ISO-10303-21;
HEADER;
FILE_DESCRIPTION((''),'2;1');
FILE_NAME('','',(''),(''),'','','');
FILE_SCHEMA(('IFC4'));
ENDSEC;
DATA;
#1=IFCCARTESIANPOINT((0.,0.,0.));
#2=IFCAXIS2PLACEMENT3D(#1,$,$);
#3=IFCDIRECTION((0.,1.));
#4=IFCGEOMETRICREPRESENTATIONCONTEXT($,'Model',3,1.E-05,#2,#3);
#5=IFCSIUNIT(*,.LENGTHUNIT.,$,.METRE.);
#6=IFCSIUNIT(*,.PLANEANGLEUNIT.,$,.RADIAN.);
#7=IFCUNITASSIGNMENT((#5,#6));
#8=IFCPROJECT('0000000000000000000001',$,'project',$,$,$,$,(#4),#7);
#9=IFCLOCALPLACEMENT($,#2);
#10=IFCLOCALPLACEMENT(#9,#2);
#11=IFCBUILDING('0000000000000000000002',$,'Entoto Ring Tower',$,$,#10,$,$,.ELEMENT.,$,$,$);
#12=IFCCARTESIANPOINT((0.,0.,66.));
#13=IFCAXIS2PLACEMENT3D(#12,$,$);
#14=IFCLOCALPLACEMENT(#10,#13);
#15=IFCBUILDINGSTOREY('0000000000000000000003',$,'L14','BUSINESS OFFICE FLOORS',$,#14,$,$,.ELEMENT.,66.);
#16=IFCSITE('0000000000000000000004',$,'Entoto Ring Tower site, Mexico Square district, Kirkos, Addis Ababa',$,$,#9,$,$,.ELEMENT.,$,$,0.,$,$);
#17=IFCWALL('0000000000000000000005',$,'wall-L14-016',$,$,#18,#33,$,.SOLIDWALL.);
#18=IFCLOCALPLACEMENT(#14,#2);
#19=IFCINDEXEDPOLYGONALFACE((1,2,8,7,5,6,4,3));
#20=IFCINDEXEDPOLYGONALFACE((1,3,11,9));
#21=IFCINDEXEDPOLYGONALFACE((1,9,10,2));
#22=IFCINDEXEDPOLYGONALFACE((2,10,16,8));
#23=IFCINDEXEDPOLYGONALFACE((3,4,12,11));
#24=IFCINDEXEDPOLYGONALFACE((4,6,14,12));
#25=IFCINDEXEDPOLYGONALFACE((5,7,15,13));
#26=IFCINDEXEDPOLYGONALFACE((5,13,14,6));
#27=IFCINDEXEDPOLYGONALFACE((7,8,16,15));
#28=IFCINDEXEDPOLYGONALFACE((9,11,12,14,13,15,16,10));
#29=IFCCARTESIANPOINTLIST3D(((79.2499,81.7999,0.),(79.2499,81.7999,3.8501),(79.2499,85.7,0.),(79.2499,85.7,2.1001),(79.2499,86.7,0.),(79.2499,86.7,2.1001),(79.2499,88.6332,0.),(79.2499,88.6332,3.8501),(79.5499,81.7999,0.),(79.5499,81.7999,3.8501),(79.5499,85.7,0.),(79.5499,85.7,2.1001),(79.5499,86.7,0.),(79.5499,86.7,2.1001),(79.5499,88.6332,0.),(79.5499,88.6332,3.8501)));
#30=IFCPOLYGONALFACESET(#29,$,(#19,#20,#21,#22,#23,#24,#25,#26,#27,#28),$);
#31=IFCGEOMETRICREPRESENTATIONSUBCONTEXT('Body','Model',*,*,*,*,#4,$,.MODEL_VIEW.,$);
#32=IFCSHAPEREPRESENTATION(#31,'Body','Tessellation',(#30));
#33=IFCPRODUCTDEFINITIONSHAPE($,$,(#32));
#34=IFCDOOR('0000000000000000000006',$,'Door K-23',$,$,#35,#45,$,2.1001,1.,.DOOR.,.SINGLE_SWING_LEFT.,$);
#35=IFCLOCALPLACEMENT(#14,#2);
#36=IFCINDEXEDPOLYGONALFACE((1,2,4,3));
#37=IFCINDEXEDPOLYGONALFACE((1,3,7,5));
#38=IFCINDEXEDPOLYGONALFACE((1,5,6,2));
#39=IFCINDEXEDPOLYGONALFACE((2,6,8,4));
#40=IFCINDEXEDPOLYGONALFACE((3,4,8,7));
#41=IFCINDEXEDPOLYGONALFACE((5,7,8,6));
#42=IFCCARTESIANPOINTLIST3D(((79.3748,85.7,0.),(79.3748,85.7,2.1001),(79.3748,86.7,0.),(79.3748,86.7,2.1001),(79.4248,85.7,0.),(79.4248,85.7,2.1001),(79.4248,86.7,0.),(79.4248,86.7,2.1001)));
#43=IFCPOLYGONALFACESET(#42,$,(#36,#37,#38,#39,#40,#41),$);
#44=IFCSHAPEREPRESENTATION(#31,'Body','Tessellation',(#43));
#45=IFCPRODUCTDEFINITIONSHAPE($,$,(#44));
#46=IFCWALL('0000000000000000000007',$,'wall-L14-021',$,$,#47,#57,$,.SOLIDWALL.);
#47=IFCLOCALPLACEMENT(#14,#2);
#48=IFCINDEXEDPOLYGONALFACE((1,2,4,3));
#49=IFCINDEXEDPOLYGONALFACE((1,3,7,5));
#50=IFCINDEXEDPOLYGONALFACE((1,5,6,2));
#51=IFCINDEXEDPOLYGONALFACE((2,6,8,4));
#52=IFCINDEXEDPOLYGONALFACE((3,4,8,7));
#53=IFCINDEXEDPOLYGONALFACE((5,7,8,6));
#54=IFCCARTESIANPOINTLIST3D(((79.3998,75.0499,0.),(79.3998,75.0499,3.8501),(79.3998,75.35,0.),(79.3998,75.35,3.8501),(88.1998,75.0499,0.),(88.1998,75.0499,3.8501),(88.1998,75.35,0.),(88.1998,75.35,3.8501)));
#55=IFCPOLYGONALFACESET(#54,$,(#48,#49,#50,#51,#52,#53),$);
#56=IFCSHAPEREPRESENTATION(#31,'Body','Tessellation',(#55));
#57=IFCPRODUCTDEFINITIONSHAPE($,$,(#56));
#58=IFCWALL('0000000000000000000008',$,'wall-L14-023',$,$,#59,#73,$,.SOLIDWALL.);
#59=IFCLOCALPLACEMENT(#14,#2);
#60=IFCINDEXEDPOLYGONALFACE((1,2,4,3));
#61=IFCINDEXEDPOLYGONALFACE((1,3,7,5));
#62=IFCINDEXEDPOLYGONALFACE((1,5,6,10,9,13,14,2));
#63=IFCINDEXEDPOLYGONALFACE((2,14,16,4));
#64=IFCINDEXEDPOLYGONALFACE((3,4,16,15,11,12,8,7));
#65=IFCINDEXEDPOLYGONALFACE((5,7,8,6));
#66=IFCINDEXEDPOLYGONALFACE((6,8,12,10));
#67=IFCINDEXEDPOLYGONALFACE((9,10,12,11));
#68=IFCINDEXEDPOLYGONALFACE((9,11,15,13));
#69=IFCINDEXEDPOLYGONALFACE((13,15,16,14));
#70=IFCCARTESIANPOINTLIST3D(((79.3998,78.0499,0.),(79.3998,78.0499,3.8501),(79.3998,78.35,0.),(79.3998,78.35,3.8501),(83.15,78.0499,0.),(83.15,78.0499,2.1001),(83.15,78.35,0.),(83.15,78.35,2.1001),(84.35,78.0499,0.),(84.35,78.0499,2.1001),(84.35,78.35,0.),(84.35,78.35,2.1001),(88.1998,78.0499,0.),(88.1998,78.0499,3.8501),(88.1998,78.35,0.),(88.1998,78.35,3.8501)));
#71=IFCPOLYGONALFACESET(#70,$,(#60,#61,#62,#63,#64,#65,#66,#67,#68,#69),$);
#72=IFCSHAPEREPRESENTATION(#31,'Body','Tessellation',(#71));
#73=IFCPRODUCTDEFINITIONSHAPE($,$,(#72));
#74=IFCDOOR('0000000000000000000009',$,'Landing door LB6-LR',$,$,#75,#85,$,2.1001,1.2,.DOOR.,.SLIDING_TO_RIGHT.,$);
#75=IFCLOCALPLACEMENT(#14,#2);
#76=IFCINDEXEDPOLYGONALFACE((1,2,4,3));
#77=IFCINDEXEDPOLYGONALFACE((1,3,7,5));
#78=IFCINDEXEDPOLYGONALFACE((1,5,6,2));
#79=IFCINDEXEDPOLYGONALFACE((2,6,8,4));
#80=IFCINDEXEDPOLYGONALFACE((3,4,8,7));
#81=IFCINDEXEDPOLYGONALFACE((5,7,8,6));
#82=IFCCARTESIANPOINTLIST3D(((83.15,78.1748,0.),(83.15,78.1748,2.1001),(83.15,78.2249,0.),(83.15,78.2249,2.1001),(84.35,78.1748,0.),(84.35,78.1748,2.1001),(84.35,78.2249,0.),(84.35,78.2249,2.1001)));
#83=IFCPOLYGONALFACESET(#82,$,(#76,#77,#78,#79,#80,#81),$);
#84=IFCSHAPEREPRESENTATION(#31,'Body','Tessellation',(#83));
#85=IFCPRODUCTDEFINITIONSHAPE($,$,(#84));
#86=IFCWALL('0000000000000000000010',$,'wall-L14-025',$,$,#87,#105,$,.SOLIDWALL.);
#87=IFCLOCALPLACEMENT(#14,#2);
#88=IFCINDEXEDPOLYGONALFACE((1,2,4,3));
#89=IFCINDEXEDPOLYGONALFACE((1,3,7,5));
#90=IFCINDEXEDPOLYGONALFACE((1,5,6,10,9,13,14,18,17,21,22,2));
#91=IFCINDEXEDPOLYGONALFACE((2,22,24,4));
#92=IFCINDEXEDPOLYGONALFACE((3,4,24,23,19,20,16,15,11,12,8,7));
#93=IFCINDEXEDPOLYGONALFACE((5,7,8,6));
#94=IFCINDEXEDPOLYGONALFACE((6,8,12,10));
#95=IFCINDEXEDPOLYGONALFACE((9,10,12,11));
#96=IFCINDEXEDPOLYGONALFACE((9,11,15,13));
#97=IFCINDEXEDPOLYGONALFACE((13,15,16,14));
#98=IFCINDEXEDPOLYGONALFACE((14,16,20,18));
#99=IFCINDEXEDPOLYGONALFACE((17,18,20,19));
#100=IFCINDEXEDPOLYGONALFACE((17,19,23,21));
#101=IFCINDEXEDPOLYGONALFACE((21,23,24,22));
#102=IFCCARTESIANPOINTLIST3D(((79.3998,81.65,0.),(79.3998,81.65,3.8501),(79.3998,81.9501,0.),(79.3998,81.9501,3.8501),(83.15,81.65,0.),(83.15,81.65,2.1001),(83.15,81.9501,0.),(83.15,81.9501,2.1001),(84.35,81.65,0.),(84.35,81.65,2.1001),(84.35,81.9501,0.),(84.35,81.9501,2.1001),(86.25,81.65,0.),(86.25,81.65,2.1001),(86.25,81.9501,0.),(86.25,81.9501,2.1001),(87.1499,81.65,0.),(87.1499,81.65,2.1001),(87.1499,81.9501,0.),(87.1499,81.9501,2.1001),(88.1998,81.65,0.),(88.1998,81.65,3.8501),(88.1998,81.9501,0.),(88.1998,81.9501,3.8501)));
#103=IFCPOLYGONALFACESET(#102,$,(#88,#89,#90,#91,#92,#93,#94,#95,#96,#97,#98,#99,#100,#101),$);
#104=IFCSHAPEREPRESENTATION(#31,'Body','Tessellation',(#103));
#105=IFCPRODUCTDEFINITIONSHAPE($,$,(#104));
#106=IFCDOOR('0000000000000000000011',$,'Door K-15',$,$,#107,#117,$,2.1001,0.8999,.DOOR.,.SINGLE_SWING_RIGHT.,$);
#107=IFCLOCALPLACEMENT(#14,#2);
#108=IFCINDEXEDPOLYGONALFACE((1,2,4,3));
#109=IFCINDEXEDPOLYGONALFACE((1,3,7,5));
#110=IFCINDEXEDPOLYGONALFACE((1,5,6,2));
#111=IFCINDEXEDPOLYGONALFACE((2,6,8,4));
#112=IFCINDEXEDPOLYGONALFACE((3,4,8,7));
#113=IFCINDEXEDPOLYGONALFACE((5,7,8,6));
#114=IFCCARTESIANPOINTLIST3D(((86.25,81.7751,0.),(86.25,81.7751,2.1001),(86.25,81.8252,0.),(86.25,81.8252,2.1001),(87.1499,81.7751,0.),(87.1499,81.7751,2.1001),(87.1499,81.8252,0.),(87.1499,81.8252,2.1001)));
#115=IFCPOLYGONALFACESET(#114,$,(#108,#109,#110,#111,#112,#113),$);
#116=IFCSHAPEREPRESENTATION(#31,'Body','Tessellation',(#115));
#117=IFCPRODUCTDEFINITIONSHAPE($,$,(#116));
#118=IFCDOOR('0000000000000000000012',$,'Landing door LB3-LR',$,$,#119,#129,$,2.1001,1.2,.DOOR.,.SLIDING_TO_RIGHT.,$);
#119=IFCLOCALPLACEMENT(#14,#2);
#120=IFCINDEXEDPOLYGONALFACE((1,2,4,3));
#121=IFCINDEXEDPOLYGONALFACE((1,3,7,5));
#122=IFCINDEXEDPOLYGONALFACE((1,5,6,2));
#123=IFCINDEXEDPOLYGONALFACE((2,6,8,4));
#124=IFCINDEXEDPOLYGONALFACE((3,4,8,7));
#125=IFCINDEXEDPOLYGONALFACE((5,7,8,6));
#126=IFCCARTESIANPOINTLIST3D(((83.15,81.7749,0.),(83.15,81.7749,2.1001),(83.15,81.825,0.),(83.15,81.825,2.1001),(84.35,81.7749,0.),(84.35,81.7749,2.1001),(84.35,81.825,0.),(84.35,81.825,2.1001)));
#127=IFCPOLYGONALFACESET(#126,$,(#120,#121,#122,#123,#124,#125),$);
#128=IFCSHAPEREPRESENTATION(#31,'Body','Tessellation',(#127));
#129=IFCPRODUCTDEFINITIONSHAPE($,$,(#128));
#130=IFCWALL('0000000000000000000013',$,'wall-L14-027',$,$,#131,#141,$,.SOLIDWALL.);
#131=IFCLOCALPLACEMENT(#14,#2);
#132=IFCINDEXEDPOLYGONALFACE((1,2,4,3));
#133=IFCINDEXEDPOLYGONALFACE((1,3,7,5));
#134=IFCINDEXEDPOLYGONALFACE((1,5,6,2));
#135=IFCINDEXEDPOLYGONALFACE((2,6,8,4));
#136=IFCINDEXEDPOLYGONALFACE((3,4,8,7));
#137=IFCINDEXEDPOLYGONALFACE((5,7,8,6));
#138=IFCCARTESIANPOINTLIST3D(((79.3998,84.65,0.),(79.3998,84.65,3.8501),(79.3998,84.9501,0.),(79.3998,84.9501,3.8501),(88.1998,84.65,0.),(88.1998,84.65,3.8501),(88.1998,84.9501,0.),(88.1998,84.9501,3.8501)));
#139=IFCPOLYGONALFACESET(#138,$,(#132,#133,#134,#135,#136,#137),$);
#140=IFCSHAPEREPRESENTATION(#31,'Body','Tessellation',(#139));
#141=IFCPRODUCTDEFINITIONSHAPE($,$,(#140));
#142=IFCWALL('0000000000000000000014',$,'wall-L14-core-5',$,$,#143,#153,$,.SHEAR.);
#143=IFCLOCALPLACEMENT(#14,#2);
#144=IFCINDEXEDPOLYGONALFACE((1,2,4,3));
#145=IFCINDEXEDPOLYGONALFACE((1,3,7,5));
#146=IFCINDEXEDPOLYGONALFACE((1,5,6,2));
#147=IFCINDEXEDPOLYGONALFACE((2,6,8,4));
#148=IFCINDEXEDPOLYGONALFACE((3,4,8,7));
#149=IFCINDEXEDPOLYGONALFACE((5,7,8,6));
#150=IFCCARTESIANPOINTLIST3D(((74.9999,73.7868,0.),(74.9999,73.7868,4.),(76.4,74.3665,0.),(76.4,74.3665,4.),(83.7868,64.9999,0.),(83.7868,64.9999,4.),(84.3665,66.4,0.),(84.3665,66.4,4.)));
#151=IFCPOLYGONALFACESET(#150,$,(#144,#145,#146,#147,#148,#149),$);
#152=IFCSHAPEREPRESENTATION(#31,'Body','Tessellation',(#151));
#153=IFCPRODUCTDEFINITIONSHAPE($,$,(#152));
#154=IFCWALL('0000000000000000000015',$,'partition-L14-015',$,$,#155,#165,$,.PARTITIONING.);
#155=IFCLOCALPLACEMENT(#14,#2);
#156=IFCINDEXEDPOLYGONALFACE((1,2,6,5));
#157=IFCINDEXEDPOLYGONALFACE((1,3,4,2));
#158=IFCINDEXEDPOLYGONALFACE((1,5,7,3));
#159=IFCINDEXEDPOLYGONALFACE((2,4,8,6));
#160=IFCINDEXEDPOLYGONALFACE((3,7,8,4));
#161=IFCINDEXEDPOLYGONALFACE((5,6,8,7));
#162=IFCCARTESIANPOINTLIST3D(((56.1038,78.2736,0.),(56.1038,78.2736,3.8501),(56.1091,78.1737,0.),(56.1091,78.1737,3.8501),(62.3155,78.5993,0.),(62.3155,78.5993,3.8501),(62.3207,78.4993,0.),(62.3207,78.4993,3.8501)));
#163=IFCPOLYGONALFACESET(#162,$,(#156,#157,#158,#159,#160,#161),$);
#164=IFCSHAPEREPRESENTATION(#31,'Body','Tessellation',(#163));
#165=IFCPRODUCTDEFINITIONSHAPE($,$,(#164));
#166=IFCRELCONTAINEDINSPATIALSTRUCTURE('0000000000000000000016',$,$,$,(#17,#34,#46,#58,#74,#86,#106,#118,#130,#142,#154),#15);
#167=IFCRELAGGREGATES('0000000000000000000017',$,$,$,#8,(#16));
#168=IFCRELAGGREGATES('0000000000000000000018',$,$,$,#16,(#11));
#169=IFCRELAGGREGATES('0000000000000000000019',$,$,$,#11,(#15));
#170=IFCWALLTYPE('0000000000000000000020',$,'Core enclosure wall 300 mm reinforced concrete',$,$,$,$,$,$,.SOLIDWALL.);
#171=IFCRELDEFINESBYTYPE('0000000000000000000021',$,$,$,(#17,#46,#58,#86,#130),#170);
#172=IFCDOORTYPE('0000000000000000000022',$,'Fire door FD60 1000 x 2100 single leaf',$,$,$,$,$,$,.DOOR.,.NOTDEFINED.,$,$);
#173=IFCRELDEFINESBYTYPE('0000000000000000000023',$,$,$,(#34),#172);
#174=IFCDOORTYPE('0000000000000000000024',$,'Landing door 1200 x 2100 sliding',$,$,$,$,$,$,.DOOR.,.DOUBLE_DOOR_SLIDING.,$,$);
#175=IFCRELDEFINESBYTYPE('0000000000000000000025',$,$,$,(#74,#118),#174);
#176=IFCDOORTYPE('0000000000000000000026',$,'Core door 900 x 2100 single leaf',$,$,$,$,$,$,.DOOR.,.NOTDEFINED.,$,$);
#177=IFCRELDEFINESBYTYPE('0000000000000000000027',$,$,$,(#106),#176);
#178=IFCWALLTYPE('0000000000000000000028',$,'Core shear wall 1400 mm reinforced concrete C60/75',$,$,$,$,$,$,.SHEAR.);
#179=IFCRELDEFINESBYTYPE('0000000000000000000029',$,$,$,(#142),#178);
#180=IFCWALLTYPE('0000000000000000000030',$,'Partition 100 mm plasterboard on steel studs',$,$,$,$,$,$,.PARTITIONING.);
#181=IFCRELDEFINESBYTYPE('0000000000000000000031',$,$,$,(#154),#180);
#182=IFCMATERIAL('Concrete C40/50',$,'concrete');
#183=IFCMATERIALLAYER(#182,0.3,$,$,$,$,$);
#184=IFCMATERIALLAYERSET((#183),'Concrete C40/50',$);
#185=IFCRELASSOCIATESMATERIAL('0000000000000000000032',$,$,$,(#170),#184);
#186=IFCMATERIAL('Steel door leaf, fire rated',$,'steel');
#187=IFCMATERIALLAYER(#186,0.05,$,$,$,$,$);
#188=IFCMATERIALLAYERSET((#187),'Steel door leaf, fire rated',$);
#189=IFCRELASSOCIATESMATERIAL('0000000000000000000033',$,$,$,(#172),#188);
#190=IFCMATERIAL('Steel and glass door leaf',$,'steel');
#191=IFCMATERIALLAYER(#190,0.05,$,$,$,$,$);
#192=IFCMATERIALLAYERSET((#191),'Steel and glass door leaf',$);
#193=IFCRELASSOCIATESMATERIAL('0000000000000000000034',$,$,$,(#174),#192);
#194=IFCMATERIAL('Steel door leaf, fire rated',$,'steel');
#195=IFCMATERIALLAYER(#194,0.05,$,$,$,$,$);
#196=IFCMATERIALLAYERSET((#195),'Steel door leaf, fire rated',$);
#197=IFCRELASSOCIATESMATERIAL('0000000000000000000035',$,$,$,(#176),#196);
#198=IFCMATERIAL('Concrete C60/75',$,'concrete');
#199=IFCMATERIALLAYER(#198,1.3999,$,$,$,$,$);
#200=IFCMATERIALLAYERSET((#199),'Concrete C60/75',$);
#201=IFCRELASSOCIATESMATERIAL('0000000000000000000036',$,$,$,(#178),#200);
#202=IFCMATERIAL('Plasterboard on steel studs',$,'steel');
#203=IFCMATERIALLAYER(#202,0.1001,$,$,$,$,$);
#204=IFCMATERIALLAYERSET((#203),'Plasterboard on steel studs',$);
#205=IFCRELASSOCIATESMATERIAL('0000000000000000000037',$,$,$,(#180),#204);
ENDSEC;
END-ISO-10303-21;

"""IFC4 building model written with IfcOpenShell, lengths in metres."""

from ifc_helpers import new_model, si_unit, direction, frame, frame_2d, origin, place, context, subcontext, project, spatial, polyline, rectangle, outline, extrude, material, layer, layer_set, type_object, element, fill, save


model = new_model("IFC4")

# Units and contexts
model_context = context("Model", 3, precision=1e-05, world=origin(), true_north=direction((0.0, 1.0)))
body_context = subcontext(model_context, "Body", "Model", "MODEL_VIEW")
ifc_project = project(units=[si_unit("LENGTHUNIT", "METRE"), si_unit("PLANEANGLEUNIT", "RADIAN")], contexts=[model_context])

# Site, building, storey
site_placement = place(None, origin())
site = spatial("IfcSite", under=ifc_project, at=site_placement, Name="Entoto Ring Tower site, Mexico Square district, Kirkos, Addis Ababa", CompositionType="ELEMENT", RefElevation=0.0)
building_placement = place(site_placement, origin())
building = spatial("IfcBuilding", under=site, at=building_placement, Name="Entoto Ring Tower", CompositionType="ELEMENT")
storey_placement = place(building_placement, frame((0.0, 0.0, 66.0)))
storey = spatial("IfcBuildingStorey", under=building, at=storey_placement, Name="L14", Description="BUSINESS OFFICE FLOORS", CompositionType="ELEMENT", Elevation=66.0)

# Shared definitions
ifc_material_1 = material(Name="Concrete C40/50", Category="concrete")
ifc_layer_1 = layer(ifc_material_1, 0.3)
ifc_layer_set_1 = layer_set([ifc_layer_1], Name="Concrete C40/50")
wall_type_1 = type_object("IfcWallType", Name="Core enclosure wall 300 mm reinforced concrete", PredefinedType="SOLIDWALL", material=ifc_layer_set_1)

# Wall, opening, door
wall_1_placement = place(storey_placement, frame((79.3999, 81.8, 0.0), z_axis=(0.0, 0.0, 1.0), x_axis=(0.0, 1.0, 0.0)))
wall_1 = element("IfcWall", 1, at=wall_1_placement, inside=storey, type_object=wall_type_1, Name="wall-L14-016", PredefinedType="SOLIDWALL", context=body_context, shape_type="SweptSolid", body=[
    extrude(rectangle(XDim=6.8333, YDim=0.3, at=frame_2d((3.4165, 0.0))), origin(), (0.0, 0.0, 1.0), 3.8501),
])
opening_1_placement = place(wall_1_placement, frame((3.8999, 0.0, 0.0)))
opening_1 = element("IfcOpeningElement", 2, at=opening_1_placement, cuts=wall_1, PredefinedType="OPENING", context=body_context, shape_type="SweptSolid", body=[
    extrude(rectangle(XDim=1.0, YDim=2.1001, at=frame_2d((0.5, 1.05))), frame((0.0, 0.1602, 0.0), z_axis=(0.0, -1.0, 0.0), x_axis=(1.0, 0.0, 0.0)), (0.0, 0.0, 1.0), 0.3201),
])
ifc_material_2 = material(Name="Steel door leaf, fire rated", Category="steel")
ifc_layer_2 = layer(ifc_material_2, 0.05)
ifc_layer_set_2 = layer_set([ifc_layer_2], Name="Steel door leaf, fire rated")
door_type_1 = type_object("IfcDoorType", Name="Fire door FD60 1000 x 2100 single leaf", OperationType="NOTDEFINED", PredefinedType="DOOR", material=ifc_layer_set_2)
door_1_placement = place(opening_1_placement, frame((1.0, 0.0, 0.0), z_axis=(0.0, 0.0, 1.0), x_axis=(-1.0, 0.0, 0.0)))
door_1 = element("IfcDoor", 3, at=door_1_placement, inside=storey, type_object=door_type_1, Name="Door K-23", OperationType="SINGLE_SWING_LEFT", OverallHeight=2.1001, OverallWidth=1.0, PredefinedType="DOOR", context=body_context, shape_type="SweptSolid", body=[
    extrude(rectangle(XDim=1.0, YDim=2.1001, at=frame_2d((0.5, 1.05))), frame((0.0, 0.0249, 0.0), z_axis=(0.0, -1.0, 0.0), x_axis=(1.0, 0.0, 0.0)), (0.0, 0.0, 1.0), 0.05),
])
fill(opening_1, door_1)

# Wall
wall_2_placement = place(storey_placement, frame((79.3999, 75.2, 0.0), z_axis=(0.0, 0.0, 1.0), x_axis=(1.0, 0.0, 0.0)))
element("IfcWall", 4, at=wall_2_placement, inside=storey, type_object=wall_type_1, Name="wall-L14-021", PredefinedType="SOLIDWALL", context=body_context, shape_type="SweptSolid", body=[
    extrude(rectangle(XDim=8.8, YDim=0.3, at=frame_2d((4.3999, 0.0))), origin(), (0.0, 0.0, 1.0), 3.8501),
])

# Wall, opening, door
wall_3_placement = place(storey_placement, frame((79.3999, 78.2, 0.0), z_axis=(0.0, 0.0, 1.0), x_axis=(1.0, 0.0, 0.0)))
wall_3 = element("IfcWall", 5, at=wall_3_placement, inside=storey, type_object=wall_type_1, Name="wall-L14-023", PredefinedType="SOLIDWALL", context=body_context, shape_type="SweptSolid", body=[
    extrude(rectangle(XDim=8.8, YDim=0.3, at=frame_2d((4.3999, 0.0))), origin(), (0.0, 0.0, 1.0), 3.8501),
])
opening_2_placement = place(wall_3_placement, frame((3.75, 0.0, 0.0)))
opening_2 = element("IfcOpeningElement", 6, at=opening_2_placement, cuts=wall_3, PredefinedType="OPENING", context=body_context, shape_type="SweptSolid", body=[
    extrude(rectangle(XDim=1.2, YDim=2.1001, at=frame_2d((0.6001, 1.05))), frame((0.0, 0.1602, 0.0), z_axis=(0.0, -1.0, 0.0), x_axis=(1.0, 0.0, 0.0)), (0.0, 0.0, 1.0), 0.3201),
])
ifc_material_3 = material(Name="Steel and glass door leaf", Category="steel")
ifc_layer_3 = layer(ifc_material_3, 0.05)
ifc_layer_set_3 = layer_set([ifc_layer_3], Name="Steel and glass door leaf")
door_type_2 = type_object("IfcDoorType", Name="Landing door 1200 x 2100 sliding", OperationType="DOUBLE_DOOR_SLIDING", PredefinedType="DOOR", material=ifc_layer_set_3)
door_2_placement = place(opening_2_placement, origin())
door_2 = element("IfcDoor", 7, at=door_2_placement, inside=storey, type_object=door_type_2, Name="Landing door LB6-LR", OperationType="SLIDING_TO_RIGHT", OverallHeight=2.1001, OverallWidth=1.2, PredefinedType="DOOR", context=body_context, shape_type="SweptSolid", body=[
    extrude(rectangle(XDim=1.2, YDim=2.1001, at=frame_2d((0.6001, 1.05))), frame((0.0, 0.0249, 0.0), z_axis=(0.0, -1.0, 0.0), x_axis=(1.0, 0.0, 0.0)), (0.0, 0.0, 1.0), 0.05),
])
fill(opening_2, door_2)

# Wall, openings, doors
wall_4_placement = place(storey_placement, frame((79.3999, 81.8, 0.0), z_axis=(0.0, 0.0, 1.0), x_axis=(1.0, 0.0, 0.0)))
wall_4 = element("IfcWall", 8, at=wall_4_placement, inside=storey, type_object=wall_type_1, Name="wall-L14-025", PredefinedType="SOLIDWALL", context=body_context, shape_type="SweptSolid", body=[
    extrude(rectangle(XDim=8.8, YDim=0.3, at=frame_2d((4.3999, 0.0))), origin(), (0.0, 0.0, 1.0), 3.8501),
])
opening_3_placement = place(wall_4_placement, frame((3.75, 0.0, 0.0)))
opening_3 = element("IfcOpeningElement", 9, at=opening_3_placement, cuts=wall_4, PredefinedType="OPENING", context=body_context, shape_type="SweptSolid", body=[
    extrude(rectangle(XDim=1.2, YDim=2.1001, at=frame_2d((0.6001, 1.05))), frame((0.0, 0.1602, 0.0), z_axis=(0.0, -1.0, 0.0), x_axis=(1.0, 0.0, 0.0)), (0.0, 0.0, 1.0), 0.3201),
])
opening_4_placement = place(wall_4_placement, frame((6.8501, 0.0, 0.0)))
opening_4 = element("IfcOpeningElement", 10, at=opening_4_placement, cuts=wall_4, PredefinedType="OPENING", context=body_context, shape_type="SweptSolid", body=[
    extrude(rectangle(XDim=0.8999, YDim=2.1001, at=frame_2d((0.45, 1.05))), frame((0.0, 0.1602, 0.0), z_axis=(0.0, -1.0, 0.0), x_axis=(1.0, 0.0, 0.0)), (0.0, 0.0, 1.0), 0.3201),
])
ifc_material_4 = material(Name="Steel door leaf, fire rated", Category="steel")
ifc_layer_4 = layer(ifc_material_4, 0.05)
ifc_layer_set_4 = layer_set([ifc_layer_4], Name="Steel door leaf, fire rated")
door_type_3 = type_object("IfcDoorType", Name="Core door 900 x 2100 single leaf", OperationType="NOTDEFINED", PredefinedType="DOOR", material=ifc_layer_set_4)
door_3_placement = place(opening_4_placement, frame((0.8999, 0.0, 0.0), z_axis=(0.0, 0.0, 1.0), x_axis=(-1.0, 0.0, 0.0)))
door_3 = element("IfcDoor", 11, at=door_3_placement, inside=storey, type_object=door_type_3, Name="Door K-15", OperationType="SINGLE_SWING_RIGHT", OverallHeight=2.1001, OverallWidth=0.8999, PredefinedType="DOOR", context=body_context, shape_type="SweptSolid", body=[
    extrude(rectangle(XDim=0.8999, YDim=2.1001, at=frame_2d((0.45, 1.05))), frame((0.0, 0.0249, 0.0), z_axis=(0.0, -1.0, 0.0), x_axis=(1.0, 0.0, 0.0)), (0.0, 0.0, 1.0), 0.05),
])
fill(opening_4, door_3)
door_4_placement = place(opening_3_placement, origin())
door_4 = element("IfcDoor", 12, at=door_4_placement, inside=storey, type_object=door_type_2, Name="Landing door LB3-LR", OperationType="SLIDING_TO_RIGHT", OverallHeight=2.1001, OverallWidth=1.2, PredefinedType="DOOR", context=body_context, shape_type="SweptSolid", body=[
    extrude(rectangle(XDim=1.2, YDim=2.1001, at=frame_2d((0.6001, 1.05))), frame((0.0, 0.0249, 0.0), z_axis=(0.0, -1.0, 0.0), x_axis=(1.0, 0.0, 0.0)), (0.0, 0.0, 1.0), 0.05),
])
fill(opening_3, door_4)

# Walls
wall_5_placement = place(storey_placement, frame((79.3999, 84.8, 0.0), z_axis=(0.0, 0.0, 1.0), x_axis=(1.0, 0.0, 0.0)))
element("IfcWall", 13, at=wall_5_placement, inside=storey, type_object=wall_type_1, Name="wall-L14-027", PredefinedType="SOLIDWALL", context=body_context, shape_type="SweptSolid", body=[
    extrude(rectangle(XDim=8.8, YDim=0.3, at=frame_2d((4.3999, 0.0))), origin(), (0.0, 0.0, 1.0), 3.8501),
])
ifc_material_5 = material(Name="Concrete C60/75", Category="concrete")
ifc_layer_5 = layer(ifc_material_5, 1.3999)
ifc_layer_set_5 = layer_set([ifc_layer_5], Name="Concrete C60/75")
wall_type_2 = type_object("IfcWallType", Name="Core shear wall 1400 mm reinforced concrete C60/75", PredefinedType="SHEAR", material=ifc_layer_set_5)
wall_6_placement = place(storey_placement, frame((75.7, 74.0767, 0.0), z_axis=(0.0, 0.0, 1.0), x_axis=(0.707107, -0.707107, 0.0)))
element("IfcWall", 14, at=wall_6_placement, inside=storey, type_object=wall_type_2, Name="wall-L14-core-5", PredefinedType="SHEAR", context=body_context, shape_type="SweptSolid", body=[
    extrude(outline(polyline([(-0.29, -0.7), (12.1365, -0.7), (11.5564, 0.7), (0.29, 0.7), (-0.29, -0.7)])), origin(), (0.0, 0.0, 1.0), 4.0),
])
ifc_material_6 = material(Name="Plasterboard on steel studs", Category="steel")
ifc_layer_6 = layer(ifc_material_6, 0.1001)
ifc_layer_set_6 = layer_set([ifc_layer_6], Name="Plasterboard on steel studs")
wall_type_3 = type_object("IfcWallType", Name="Partition 100 mm plasterboard on steel studs", PredefinedType="PARTITIONING", material=ifc_layer_set_6)
wall_7_placement = place(storey_placement, frame((56.1064, 78.2236, 0.0), z_axis=(0.0, 0.0, 1.0), x_axis=(0.998628, 0.052359, 0.0)))
element("IfcWall", 15, at=wall_7_placement, inside=storey, type_object=wall_type_3, Name="partition-L14-015", PredefinedType="PARTITIONING", context=body_context, shape_type="SweptSolid", body=[
    extrude(rectangle(XDim=6.2202, YDim=0.1001, at=frame_2d((3.1101, 0.0))), origin(), (0.0, 0.0, 1.0), 3.8501),
])

save(model, "model.ifc")
